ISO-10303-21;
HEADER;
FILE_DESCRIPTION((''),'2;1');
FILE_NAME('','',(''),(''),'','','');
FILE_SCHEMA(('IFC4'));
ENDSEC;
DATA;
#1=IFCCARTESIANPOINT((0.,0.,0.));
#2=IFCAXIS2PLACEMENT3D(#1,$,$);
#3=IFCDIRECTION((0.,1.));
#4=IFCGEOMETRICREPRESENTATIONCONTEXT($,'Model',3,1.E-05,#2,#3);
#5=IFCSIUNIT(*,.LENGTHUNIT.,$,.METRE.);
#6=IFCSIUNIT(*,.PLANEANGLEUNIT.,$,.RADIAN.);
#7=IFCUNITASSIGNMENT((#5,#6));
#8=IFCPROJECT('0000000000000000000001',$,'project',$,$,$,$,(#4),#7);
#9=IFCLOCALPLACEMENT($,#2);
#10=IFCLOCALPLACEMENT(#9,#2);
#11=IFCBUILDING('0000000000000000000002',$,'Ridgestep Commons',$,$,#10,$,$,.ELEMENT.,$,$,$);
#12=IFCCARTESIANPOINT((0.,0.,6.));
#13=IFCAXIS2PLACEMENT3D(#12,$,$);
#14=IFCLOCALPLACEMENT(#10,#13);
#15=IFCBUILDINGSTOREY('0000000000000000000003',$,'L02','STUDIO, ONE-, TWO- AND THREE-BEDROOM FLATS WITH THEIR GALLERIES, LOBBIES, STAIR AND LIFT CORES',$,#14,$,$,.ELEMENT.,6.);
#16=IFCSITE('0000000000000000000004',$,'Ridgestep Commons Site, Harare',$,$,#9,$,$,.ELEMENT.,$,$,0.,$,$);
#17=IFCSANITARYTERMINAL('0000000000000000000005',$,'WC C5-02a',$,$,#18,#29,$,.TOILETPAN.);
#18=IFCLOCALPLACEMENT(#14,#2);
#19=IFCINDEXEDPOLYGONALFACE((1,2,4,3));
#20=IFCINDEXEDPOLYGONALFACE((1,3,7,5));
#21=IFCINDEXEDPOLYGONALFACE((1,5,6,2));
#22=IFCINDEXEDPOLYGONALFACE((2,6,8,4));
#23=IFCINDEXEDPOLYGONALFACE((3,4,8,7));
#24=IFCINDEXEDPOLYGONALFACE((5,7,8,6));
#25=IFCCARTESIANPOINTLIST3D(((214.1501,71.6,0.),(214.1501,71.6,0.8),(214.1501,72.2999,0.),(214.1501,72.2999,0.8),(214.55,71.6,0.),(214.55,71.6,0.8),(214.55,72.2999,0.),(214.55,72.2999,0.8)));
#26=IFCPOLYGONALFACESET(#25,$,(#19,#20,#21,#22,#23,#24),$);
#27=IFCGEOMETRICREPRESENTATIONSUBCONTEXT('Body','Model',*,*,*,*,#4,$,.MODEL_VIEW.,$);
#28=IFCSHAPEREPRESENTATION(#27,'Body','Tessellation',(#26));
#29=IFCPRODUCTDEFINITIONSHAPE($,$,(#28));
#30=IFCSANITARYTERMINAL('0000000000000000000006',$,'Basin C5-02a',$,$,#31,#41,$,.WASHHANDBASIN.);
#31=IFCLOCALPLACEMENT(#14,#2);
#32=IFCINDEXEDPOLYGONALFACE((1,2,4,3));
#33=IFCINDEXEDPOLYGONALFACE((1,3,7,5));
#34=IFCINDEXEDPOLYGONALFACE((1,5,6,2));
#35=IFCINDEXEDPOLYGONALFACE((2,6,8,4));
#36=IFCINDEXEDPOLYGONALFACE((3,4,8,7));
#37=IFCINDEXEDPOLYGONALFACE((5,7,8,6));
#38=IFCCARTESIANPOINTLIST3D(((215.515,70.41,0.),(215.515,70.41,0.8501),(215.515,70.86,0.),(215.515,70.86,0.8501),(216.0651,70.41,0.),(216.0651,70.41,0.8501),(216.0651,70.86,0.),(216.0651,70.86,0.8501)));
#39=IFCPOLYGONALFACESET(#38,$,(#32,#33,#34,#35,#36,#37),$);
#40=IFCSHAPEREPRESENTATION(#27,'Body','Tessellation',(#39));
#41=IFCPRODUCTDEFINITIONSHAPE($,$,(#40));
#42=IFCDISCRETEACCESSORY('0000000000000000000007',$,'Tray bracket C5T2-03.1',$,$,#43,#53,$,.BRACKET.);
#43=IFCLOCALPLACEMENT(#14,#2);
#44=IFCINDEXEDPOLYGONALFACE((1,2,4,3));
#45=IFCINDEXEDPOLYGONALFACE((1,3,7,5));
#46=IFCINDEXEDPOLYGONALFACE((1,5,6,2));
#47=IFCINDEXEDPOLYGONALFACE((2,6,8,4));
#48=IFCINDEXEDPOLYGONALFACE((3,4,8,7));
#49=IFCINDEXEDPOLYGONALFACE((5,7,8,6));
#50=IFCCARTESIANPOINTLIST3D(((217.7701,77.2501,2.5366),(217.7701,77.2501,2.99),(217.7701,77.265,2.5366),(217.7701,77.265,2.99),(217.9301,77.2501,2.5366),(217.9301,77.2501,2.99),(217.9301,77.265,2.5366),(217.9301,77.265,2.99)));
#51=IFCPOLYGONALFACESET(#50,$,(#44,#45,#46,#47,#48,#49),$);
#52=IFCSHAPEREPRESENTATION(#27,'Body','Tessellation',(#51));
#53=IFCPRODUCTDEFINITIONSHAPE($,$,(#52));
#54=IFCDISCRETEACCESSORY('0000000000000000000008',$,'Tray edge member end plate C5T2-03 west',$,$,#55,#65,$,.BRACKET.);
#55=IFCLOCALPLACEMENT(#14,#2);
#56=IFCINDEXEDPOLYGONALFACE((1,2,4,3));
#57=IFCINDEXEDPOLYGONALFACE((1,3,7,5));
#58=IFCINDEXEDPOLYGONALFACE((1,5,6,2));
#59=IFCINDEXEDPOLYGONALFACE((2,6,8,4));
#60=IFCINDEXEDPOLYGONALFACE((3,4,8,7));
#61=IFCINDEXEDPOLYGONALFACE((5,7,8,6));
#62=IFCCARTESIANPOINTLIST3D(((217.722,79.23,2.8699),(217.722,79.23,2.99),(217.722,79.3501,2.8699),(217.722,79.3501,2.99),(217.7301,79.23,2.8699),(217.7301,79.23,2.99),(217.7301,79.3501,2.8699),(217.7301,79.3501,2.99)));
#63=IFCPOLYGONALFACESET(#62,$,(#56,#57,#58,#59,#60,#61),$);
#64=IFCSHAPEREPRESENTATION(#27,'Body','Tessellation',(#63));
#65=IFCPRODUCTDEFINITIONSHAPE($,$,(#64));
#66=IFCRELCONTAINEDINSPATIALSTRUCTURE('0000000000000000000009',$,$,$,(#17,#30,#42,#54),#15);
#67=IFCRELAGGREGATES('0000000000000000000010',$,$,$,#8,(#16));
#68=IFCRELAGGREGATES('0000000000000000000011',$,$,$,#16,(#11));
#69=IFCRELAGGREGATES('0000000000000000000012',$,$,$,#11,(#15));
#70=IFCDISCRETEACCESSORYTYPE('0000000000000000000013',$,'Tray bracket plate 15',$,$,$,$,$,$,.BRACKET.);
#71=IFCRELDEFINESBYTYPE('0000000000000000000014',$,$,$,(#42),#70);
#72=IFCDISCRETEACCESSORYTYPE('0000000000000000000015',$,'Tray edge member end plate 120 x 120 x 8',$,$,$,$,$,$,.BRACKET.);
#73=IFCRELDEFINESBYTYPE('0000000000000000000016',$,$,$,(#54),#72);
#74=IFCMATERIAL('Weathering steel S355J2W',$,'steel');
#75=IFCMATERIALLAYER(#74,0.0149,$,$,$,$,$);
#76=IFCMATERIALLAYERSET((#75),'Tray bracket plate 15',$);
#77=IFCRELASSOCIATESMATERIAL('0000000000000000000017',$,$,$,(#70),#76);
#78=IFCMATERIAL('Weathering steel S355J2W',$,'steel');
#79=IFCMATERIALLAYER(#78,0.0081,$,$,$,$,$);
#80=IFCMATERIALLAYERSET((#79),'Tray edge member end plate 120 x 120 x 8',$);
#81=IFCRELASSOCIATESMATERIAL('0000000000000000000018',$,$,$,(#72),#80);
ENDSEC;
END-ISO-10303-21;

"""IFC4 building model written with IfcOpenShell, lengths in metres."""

from ifc_helpers import new_model, si_unit, direction, frame, origin, origin_2d, place, context, subcontext, project, spatial, rectangle, extrude, material, layer, layer_set, type_object, element, save


model = new_model("IFC4")

# Units and contexts
model_context = context("Model", 3, precision=1e-05, world=origin(), true_north=direction((0.0, 1.0)))
body_context = subcontext(model_context, "Body", "Model", "MODEL_VIEW")
ifc_project = project(units=[si_unit("LENGTHUNIT", "METRE"), si_unit("PLANEANGLEUNIT", "RADIAN")], contexts=[model_context])

# Site, building, storey
site_placement = place(None, origin())
site = spatial("IfcSite", under=ifc_project, at=site_placement, Name="Ridgestep Commons Site, Harare", CompositionType="ELEMENT", RefElevation=0.0)
building_placement = place(site_placement, origin())
building = spatial("IfcBuilding", under=site, at=building_placement, Name="Ridgestep Commons", CompositionType="ELEMENT")
storey_placement = place(building_placement, frame((0.0, 0.0, 6.0)))
storey = spatial("IfcBuildingStorey", under=building, at=storey_placement, Name="L02", Description="STUDIO, ONE-, TWO- AND THREE-BEDROOM FLATS WITH THEIR GALLERIES, LOBBIES, STAIR AND LIFT CORES", CompositionType="ELEMENT", Elevation=6.0)

# Sanitary terminals
sanitary_terminal_1_placement = place(storey_placement, frame((214.3501, 71.95, 0.0), z_axis=(0.0, 0.0, 1.0), x_axis=(1.0, 0.0, 0.0)))
element("IfcSanitaryTerminal", 1, at=sanitary_terminal_1_placement, inside=storey, Name="WC C5-02a", PredefinedType="TOILETPAN", context=body_context, shape_type="SweptSolid", body=[
    extrude(rectangle(XDim=0.3999, YDim=0.7, at=origin_2d()), origin(), (0.0, 0.0, 1.0), 0.8),
])
sanitary_terminal_2_placement = place(storey_placement, frame((215.79, 70.635, 0.0), z_axis=(0.0, 0.0, 1.0), x_axis=(1.0, 0.0, 0.0)))
element("IfcSanitaryTerminal", 2, at=sanitary_terminal_2_placement, inside=storey, Name="Basin C5-02a", PredefinedType="WASHHANDBASIN", context=body_context, shape_type="SweptSolid", body=[
    extrude(rectangle(XDim=0.55, YDim=0.45, at=origin_2d()), origin(), (0.0, 0.0, 1.0), 0.8501),
])

# Discrete accessories
ifc_material_1 = material(Name="Weathering steel S355J2W", Category="steel")
ifc_layer_1 = layer(ifc_material_1, 0.0149)
ifc_layer_set_1 = layer_set([ifc_layer_1], Name="Tray bracket plate 15")
discrete_accessory_type_1 = type_object("IfcDiscreteAccessoryType", Name="Tray bracket plate 15", PredefinedType="BRACKET", material=ifc_layer_set_1)
discrete_accessory_1_placement = place(storey_placement, frame((217.8501, 77.2576, 2.5366), z_axis=(0.0, 0.0, 1.0), x_axis=(1.0, 0.0, 0.0)))
element("IfcDiscreteAccessory", 3, at=discrete_accessory_1_placement, inside=storey, type_object=discrete_accessory_type_1, Name="Tray bracket C5T2-03.1", PredefinedType="BRACKET", context=body_context, shape_type="SweptSolid", body=[
    extrude(rectangle(XDim=0.1599, YDim=0.0149, at=origin_2d()), origin(), (0.0, 0.0, 1.0), 0.4534),
])
ifc_material_2 = material(Name="Weathering steel S355J2W", Category="steel")
ifc_layer_2 = layer(ifc_material_2, 0.0081)
ifc_layer_set_2 = layer_set([ifc_layer_2], Name="Tray edge member end plate 120 x 120 x 8")
discrete_accessory_type_2 = type_object("IfcDiscreteAccessoryType", Name="Tray edge member end plate 120 x 120 x 8", PredefinedType="BRACKET", material=ifc_layer_set_2)
discrete_accessory_2_placement = place(storey_placement, frame((217.7261, 79.29, 2.8699), z_axis=(0.0, 0.0, 1.0), x_axis=(1.0, 0.0, 0.0)))
element("IfcDiscreteAccessory", 4, at=discrete_accessory_2_placement, inside=storey, type_object=discrete_accessory_type_2, Name="Tray edge member end plate C5T2-03 west", PredefinedType="BRACKET", context=body_context, shape_type="SweptSolid", body=[
    extrude(rectangle(XDim=0.0081, YDim=0.1201, at=origin_2d()), origin(), (0.0, 0.0, 1.0), 0.1201),
])

save(model, "model.ifc")
